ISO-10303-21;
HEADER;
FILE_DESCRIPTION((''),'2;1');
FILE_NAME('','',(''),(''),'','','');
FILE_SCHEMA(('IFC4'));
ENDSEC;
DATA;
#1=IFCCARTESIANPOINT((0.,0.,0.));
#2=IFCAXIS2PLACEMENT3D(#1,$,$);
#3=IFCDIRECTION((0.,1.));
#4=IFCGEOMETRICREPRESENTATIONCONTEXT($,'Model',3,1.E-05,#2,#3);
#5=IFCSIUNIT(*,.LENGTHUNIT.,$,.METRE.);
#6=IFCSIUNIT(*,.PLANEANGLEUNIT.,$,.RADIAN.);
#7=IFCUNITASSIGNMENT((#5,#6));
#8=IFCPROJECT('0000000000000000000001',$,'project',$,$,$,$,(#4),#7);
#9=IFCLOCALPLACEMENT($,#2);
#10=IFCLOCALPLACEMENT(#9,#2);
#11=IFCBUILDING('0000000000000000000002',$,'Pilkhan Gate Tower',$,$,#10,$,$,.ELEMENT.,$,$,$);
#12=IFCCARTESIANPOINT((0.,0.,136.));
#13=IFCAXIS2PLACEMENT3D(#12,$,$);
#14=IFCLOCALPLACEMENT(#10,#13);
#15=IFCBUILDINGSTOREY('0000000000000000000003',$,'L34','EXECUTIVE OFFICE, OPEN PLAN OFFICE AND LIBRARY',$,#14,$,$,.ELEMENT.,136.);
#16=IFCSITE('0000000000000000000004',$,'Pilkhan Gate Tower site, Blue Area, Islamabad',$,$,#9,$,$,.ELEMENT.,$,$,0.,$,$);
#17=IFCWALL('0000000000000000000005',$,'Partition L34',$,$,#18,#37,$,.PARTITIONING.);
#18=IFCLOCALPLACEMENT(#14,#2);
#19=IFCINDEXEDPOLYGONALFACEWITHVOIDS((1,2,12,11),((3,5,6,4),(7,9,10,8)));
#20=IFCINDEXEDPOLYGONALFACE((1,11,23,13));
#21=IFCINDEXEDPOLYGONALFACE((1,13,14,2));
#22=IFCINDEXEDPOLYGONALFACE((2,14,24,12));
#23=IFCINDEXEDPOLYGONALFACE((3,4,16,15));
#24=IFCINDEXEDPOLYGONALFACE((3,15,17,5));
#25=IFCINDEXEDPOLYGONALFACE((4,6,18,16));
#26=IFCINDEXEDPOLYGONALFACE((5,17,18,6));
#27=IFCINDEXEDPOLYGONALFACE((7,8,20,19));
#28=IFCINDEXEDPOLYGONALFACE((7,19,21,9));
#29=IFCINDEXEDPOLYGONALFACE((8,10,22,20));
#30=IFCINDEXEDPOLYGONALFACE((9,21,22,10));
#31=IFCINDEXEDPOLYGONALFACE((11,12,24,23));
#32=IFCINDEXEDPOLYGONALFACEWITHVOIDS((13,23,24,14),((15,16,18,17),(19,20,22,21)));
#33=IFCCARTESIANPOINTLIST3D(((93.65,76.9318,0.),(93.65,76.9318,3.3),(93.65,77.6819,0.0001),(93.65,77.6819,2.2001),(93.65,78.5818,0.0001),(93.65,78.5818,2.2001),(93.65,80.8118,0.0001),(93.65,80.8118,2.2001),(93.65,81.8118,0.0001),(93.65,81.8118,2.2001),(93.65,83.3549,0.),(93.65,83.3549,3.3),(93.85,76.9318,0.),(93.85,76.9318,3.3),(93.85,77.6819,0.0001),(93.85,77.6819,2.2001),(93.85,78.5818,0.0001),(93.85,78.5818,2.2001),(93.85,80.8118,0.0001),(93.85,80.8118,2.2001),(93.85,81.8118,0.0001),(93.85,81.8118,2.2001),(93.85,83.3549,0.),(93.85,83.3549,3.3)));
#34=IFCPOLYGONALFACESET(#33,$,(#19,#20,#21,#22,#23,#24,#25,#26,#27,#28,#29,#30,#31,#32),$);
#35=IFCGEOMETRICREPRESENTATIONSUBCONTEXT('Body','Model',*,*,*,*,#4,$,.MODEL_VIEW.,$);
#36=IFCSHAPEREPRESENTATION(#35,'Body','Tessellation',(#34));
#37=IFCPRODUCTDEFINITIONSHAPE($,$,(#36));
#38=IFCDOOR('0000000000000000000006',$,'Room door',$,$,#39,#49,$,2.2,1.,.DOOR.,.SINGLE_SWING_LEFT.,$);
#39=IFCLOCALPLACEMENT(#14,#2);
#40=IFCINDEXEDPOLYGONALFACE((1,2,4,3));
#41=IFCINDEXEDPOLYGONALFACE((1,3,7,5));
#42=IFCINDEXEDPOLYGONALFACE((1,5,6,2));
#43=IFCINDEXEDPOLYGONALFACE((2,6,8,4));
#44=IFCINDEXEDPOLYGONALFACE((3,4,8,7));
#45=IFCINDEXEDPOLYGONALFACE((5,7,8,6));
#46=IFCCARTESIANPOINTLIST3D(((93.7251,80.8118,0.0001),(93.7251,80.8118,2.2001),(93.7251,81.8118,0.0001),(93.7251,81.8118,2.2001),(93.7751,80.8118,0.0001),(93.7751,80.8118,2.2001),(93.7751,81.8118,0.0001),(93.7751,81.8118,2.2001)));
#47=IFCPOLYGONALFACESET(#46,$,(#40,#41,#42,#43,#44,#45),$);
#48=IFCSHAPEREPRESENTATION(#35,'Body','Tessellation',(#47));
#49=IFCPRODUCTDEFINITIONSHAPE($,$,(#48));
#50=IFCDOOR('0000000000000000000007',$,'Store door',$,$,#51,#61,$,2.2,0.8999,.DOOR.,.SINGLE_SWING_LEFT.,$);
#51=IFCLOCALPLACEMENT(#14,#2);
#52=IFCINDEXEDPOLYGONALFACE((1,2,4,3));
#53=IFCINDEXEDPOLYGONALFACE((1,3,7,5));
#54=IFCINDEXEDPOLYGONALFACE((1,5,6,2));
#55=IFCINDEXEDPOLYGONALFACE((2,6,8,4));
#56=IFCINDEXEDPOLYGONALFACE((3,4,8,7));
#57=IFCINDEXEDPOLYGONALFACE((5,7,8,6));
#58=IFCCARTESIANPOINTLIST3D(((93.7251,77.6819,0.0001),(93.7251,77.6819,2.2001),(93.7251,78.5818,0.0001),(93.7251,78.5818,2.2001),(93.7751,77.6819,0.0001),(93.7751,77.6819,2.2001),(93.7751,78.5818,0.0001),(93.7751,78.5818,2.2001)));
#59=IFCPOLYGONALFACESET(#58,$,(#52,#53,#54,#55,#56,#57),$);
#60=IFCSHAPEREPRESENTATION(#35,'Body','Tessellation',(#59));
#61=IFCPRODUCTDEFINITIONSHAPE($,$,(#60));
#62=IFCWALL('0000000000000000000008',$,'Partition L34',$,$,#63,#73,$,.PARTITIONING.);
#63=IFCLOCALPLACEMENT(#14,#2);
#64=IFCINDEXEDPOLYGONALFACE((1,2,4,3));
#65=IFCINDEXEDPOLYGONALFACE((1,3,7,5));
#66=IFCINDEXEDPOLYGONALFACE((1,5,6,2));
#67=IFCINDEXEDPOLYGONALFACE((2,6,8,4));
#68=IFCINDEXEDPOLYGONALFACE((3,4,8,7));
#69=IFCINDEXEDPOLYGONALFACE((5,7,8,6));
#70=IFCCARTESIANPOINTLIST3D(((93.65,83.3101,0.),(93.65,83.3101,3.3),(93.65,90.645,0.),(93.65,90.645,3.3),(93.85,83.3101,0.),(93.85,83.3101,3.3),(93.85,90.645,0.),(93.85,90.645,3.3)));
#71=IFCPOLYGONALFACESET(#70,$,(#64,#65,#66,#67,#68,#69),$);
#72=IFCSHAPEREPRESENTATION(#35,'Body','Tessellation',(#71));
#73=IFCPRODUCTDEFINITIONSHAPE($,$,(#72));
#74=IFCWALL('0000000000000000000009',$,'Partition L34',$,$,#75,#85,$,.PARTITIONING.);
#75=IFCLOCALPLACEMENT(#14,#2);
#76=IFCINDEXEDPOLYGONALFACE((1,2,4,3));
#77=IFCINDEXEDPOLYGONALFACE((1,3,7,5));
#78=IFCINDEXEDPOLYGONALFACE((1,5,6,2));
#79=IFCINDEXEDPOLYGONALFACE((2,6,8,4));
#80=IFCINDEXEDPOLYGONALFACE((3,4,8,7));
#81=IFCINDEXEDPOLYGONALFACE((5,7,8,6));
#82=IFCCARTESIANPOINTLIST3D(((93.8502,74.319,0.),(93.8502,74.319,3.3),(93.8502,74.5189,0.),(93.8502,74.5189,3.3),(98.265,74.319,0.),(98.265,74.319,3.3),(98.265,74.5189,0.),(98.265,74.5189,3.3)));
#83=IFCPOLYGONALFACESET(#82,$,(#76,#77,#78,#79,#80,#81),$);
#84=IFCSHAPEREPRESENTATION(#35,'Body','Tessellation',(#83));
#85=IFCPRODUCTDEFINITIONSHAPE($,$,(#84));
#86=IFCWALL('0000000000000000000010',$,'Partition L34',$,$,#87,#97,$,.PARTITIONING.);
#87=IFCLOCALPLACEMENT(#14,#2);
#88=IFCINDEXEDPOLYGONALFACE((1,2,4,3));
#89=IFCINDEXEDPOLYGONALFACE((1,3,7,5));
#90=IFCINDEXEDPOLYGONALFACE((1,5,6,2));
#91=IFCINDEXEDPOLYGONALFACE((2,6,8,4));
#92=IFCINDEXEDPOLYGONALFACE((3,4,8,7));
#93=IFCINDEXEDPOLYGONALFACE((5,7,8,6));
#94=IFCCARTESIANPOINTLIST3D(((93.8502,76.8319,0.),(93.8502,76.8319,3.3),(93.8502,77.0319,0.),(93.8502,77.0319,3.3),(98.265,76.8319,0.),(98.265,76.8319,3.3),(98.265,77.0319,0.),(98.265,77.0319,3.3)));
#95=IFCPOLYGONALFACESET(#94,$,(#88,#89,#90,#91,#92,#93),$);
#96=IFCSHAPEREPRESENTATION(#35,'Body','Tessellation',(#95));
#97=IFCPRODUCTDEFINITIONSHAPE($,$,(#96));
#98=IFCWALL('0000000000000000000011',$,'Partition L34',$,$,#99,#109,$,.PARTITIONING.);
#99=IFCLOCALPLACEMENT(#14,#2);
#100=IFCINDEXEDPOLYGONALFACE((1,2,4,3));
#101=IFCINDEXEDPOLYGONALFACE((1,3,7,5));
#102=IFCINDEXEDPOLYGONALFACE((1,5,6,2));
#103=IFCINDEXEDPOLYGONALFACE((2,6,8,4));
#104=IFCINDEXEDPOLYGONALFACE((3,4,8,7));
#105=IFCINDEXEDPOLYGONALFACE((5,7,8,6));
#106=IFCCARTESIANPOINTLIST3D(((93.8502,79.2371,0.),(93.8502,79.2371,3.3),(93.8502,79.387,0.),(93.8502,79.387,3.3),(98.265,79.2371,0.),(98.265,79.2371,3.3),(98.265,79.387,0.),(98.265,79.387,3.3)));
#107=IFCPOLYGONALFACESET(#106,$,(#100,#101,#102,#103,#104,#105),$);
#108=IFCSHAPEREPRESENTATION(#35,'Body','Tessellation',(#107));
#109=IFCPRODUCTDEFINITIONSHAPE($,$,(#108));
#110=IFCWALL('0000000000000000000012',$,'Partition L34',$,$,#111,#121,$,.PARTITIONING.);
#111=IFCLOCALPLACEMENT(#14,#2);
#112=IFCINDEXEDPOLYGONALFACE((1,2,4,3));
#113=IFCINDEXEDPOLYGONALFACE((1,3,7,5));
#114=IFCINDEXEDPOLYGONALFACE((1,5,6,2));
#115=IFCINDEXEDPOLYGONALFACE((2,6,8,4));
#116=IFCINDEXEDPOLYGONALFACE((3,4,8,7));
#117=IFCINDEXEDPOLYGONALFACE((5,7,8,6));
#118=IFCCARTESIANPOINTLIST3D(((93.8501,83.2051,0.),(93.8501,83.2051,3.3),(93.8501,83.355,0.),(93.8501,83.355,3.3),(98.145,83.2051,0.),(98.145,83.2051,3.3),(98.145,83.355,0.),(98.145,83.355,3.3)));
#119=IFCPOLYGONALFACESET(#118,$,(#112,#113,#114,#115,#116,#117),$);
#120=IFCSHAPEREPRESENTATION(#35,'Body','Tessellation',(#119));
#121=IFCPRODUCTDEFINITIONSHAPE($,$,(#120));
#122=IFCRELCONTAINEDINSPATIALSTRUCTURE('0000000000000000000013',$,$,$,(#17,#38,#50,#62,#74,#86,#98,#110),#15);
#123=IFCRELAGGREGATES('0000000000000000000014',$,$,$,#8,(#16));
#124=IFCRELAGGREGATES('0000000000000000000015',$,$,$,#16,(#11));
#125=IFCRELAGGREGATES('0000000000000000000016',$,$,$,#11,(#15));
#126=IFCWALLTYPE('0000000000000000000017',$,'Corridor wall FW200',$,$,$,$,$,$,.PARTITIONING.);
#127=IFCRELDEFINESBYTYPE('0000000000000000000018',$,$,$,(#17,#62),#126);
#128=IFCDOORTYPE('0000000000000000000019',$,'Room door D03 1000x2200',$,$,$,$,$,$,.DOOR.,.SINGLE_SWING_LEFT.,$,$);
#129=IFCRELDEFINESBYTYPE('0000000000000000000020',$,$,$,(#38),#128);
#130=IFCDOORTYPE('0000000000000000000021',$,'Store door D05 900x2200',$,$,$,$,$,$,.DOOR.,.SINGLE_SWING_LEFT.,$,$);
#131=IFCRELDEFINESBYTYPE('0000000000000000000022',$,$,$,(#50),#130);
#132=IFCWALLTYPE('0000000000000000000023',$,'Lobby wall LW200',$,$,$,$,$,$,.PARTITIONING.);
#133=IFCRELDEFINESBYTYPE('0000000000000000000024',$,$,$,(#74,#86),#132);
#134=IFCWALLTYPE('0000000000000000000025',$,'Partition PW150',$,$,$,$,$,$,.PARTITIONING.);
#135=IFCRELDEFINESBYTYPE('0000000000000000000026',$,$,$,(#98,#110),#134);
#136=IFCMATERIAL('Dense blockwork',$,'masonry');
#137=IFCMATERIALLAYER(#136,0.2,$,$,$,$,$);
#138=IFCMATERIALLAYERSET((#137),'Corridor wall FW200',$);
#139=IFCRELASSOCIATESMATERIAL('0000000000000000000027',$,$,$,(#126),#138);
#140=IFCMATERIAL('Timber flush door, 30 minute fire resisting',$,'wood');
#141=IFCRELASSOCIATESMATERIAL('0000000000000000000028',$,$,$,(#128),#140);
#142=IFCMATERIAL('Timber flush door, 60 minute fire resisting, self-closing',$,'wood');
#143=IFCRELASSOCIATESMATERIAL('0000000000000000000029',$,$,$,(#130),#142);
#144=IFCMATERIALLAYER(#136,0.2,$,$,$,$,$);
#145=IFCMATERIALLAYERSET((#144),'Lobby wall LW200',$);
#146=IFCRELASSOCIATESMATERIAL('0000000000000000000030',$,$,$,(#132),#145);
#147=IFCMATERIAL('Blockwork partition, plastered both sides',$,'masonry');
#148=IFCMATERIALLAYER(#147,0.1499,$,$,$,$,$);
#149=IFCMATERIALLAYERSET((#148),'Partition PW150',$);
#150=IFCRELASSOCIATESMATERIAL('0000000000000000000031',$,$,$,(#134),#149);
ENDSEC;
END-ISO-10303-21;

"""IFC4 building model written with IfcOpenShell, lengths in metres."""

from ifc_helpers import new_model, si_unit, direction, frame, frame_2d, origin, place, context, subcontext, project, spatial, rectangle, extrude, material, layer, layer_set, type_object, element, fill, save


model = new_model("IFC4")

# Units and contexts
model_context = context("Model", 3, precision=1e-05, world=origin(), true_north=direction((0.0, 1.0)))
body_context = subcontext(model_context, "Body", "Model", "MODEL_VIEW")
ifc_project = project(units=[si_unit("LENGTHUNIT", "METRE"), si_unit("PLANEANGLEUNIT", "RADIAN")], contexts=[model_context])

# Site, building, storey
site_placement = place(None, origin())
site = spatial("IfcSite", under=ifc_project, at=site_placement, Name="Pilkhan Gate Tower site, Blue Area, Islamabad", CompositionType="ELEMENT", RefElevation=0.0)
building_placement = place(site_placement, origin())
building = spatial("IfcBuilding", under=site, at=building_placement, Name="Pilkhan Gate Tower", CompositionType="ELEMENT")
storey_placement = place(building_placement, frame((0.0, 0.0, 136.0)))
storey = spatial("IfcBuildingStorey", under=building, at=storey_placement, Name="L34", Description="EXECUTIVE OFFICE, OPEN PLAN OFFICE AND LIBRARY", CompositionType="ELEMENT", Elevation=136.0)

# Shared definitions
ifc_material_1 = material(Name="Dense blockwork", Category="masonry")
ifc_layer_1 = layer(ifc_material_1, 0.2)
ifc_layer_set_1 = layer_set([ifc_layer_1], Name="Corridor wall FW200")
wall_type_1 = type_object("IfcWallType", Name="Corridor wall FW200", PredefinedType="PARTITIONING", material=ifc_layer_set_1)

# Wall, openings, doors
wall_1_placement = place(storey_placement, frame((93.75, 76.9319, 0.0), z_axis=(0.0, 0.0, 1.0), x_axis=(0.0, 1.0, 0.0)))
wall_1 = element("IfcWall", 1, at=wall_1_placement, inside=storey, type_object=wall_type_1, Name="Partition L34", PredefinedType="PARTITIONING", context=body_context, shape_type="SweptSolid", body=[
    extrude(rectangle(XDim=6.4231, YDim=0.2, at=frame_2d((3.2114, 0.0))), origin(), (0.0, 0.0, 1.0), 3.3),
])
opening_1_placement = place(wall_1_placement, frame((0.75, 0.0, 0.0)))
opening_1 = element("IfcOpeningElement", 2, at=opening_1_placement, cuts=wall_1, PredefinedType="OPENING", context=body_context, shape_type="SweptSolid", body=[
    extrude(rectangle(XDim=0.8999, YDim=2.2, at=frame_2d((0.45, 1.1001))), frame((0.0, 0.1099, 0.0), z_axis=(0.0, -1.0, 0.0), x_axis=(1.0, 0.0, 0.0)), (0.0, 0.0, 1.0), 0.22),
])
opening_2_placement = place(wall_1_placement, frame((3.8799, 0.0, 0.0)))
opening_2 = element("IfcOpeningElement", 3, at=opening_2_placement, cuts=wall_1, PredefinedType="OPENING", context=body_context, shape_type="SweptSolid", body=[
    extrude(rectangle(XDim=1.0, YDim=2.2, at=frame_2d((0.5, 1.1001))), frame((0.0, 0.1099, 0.0), z_axis=(0.0, -1.0, 0.0), x_axis=(1.0, 0.0, 0.0)), (0.0, 0.0, 1.0), 0.22),
])
ifc_material_2 = material(Name="Timber flush door, 30 minute fire resisting", Category="wood")
door_type_1 = type_object("IfcDoorType", Name="Room door D03 1000x2200", OperationType="SINGLE_SWING_LEFT", PredefinedType="DOOR", material=ifc_material_2)
door_1_placement = place(opening_2_placement, origin())
door_1 = element("IfcDoor", 4, at=door_1_placement, inside=storey, type_object=door_type_1, Name="Room door", OperationType="SINGLE_SWING_LEFT", OverallHeight=2.2, OverallWidth=1.0, PredefinedType="DOOR", context=body_context, shape_type="SweptSolid", body=[
    extrude(rectangle(XDim=1.0, YDim=2.2, at=frame_2d((0.5, 1.1001))), frame((0.0, 0.0249, 0.0), z_axis=(0.0, -1.0, 0.0), x_axis=(1.0, 0.0, 0.0)), (0.0, 0.0, 1.0), 0.05),
])
fill(opening_2, door_1)
ifc_material_3 = material(Name="Timber flush door, 60 minute fire resisting, self-closing", Category="wood")
door_type_2 = type_object("IfcDoorType", Name="Store door D05 900x2200", OperationType="SINGLE_SWING_LEFT", PredefinedType="DOOR", material=ifc_material_3)
door_2_placement = place(opening_1_placement, origin())
door_2 = element("IfcDoor", 5, at=door_2_placement, inside=storey, type_object=door_type_2, Name="Store door", OperationType="SINGLE_SWING_LEFT", OverallHeight=2.2, OverallWidth=0.8999, PredefinedType="DOOR", context=body_context, shape_type="SweptSolid", body=[
    extrude(rectangle(XDim=0.8999, YDim=2.2, at=frame_2d((0.45, 1.1001))), frame((0.0, 0.0249, 0.0), z_axis=(0.0, -1.0, 0.0), x_axis=(1.0, 0.0, 0.0)), (0.0, 0.0, 1.0), 0.05),
])
fill(opening_1, door_2)

# Walls
wall_2_placement = place(storey_placement, frame((93.75, 83.3101, 0.0), z_axis=(0.0, 0.0, 1.0), x_axis=(0.0, 1.0, 0.0)))
element("IfcWall", 6, at=wall_2_placement, inside=storey, type_object=wall_type_1, Name="Partition L34", PredefinedType="PARTITIONING", context=body_context, shape_type="SweptSolid", body=[
    extrude(rectangle(XDim=7.335, YDim=0.2, at=frame_2d((3.6675, 0.0))), origin(), (0.0, 0.0, 1.0), 3.3),
])
ifc_layer_2 = layer(ifc_material_1, 0.2)
ifc_layer_set_2 = layer_set([ifc_layer_2], Name="Lobby wall LW200")
wall_type_2 = type_object("IfcWallType", Name="Lobby wall LW200", PredefinedType="PARTITIONING", material=ifc_layer_set_2)
for number, where, z_axis, x_axis, name in (
    (7, (93.8501, 74.4189, 0.0), (0.0, 0.0, 1.0), (1.0, 0.0, 0.0), "Partition L34"),
    (8, (93.8501, 76.9319, 0.0), (0.0, 0.0, 1.0), (1.0, 0.0, 0.0), "Partition L34"),
):
    element("IfcWall", number, at=place(storey_placement, frame(where, z_axis=z_axis, x_axis=x_axis)), inside=storey, type_object=wall_type_2, Name=name, PredefinedType="PARTITIONING", context=body_context, shape_type="SweptSolid", body=[
        extrude(rectangle(XDim=4.4148, YDim=0.2, at=frame_2d((2.2075, 0.0))), origin(), (0.0, 0.0, 1.0), 3.3),
    ])
ifc_material_4 = material(Name="Blockwork partition, plastered both sides", Category="masonry")
ifc_layer_3 = layer(ifc_material_4, 0.1499)
ifc_layer_set_3 = layer_set([ifc_layer_3], Name="Partition PW150")
wall_type_3 = type_object("IfcWallType", Name="Partition PW150", PredefinedType="PARTITIONING", material=ifc_layer_set_3)
wall_3_placement = place(storey_placement, frame((93.8501, 79.312, 0.0), z_axis=(0.0, 0.0, 1.0), x_axis=(1.0, 0.0, 0.0)))
element("IfcWall", 9, at=wall_3_placement, inside=storey, type_object=wall_type_3, Name="Partition L34", PredefinedType="PARTITIONING", context=body_context, shape_type="SweptSolid", body=[
    extrude(rectangle(XDim=4.4148, YDim=0.1499, at=frame_2d((2.2075, 0.0))), origin(), (0.0, 0.0, 1.0), 3.3),
])
wall_4_placement = place(storey_placement, frame((93.8501, 83.28, 0.0), z_axis=(0.0, 0.0, 1.0), x_axis=(1.0, 0.0, 0.0)))
element("IfcWall", 10, at=wall_4_placement, inside=storey, type_object=wall_type_3, Name="Partition L34", PredefinedType="PARTITIONING", context=body_context, shape_type="SweptSolid", body=[
    extrude(rectangle(XDim=4.2949, YDim=0.1499, at=frame_2d((2.1475, 0.0))), origin(), (0.0, 0.0, 1.0), 3.3),
])

save(model, "model.ifc")
